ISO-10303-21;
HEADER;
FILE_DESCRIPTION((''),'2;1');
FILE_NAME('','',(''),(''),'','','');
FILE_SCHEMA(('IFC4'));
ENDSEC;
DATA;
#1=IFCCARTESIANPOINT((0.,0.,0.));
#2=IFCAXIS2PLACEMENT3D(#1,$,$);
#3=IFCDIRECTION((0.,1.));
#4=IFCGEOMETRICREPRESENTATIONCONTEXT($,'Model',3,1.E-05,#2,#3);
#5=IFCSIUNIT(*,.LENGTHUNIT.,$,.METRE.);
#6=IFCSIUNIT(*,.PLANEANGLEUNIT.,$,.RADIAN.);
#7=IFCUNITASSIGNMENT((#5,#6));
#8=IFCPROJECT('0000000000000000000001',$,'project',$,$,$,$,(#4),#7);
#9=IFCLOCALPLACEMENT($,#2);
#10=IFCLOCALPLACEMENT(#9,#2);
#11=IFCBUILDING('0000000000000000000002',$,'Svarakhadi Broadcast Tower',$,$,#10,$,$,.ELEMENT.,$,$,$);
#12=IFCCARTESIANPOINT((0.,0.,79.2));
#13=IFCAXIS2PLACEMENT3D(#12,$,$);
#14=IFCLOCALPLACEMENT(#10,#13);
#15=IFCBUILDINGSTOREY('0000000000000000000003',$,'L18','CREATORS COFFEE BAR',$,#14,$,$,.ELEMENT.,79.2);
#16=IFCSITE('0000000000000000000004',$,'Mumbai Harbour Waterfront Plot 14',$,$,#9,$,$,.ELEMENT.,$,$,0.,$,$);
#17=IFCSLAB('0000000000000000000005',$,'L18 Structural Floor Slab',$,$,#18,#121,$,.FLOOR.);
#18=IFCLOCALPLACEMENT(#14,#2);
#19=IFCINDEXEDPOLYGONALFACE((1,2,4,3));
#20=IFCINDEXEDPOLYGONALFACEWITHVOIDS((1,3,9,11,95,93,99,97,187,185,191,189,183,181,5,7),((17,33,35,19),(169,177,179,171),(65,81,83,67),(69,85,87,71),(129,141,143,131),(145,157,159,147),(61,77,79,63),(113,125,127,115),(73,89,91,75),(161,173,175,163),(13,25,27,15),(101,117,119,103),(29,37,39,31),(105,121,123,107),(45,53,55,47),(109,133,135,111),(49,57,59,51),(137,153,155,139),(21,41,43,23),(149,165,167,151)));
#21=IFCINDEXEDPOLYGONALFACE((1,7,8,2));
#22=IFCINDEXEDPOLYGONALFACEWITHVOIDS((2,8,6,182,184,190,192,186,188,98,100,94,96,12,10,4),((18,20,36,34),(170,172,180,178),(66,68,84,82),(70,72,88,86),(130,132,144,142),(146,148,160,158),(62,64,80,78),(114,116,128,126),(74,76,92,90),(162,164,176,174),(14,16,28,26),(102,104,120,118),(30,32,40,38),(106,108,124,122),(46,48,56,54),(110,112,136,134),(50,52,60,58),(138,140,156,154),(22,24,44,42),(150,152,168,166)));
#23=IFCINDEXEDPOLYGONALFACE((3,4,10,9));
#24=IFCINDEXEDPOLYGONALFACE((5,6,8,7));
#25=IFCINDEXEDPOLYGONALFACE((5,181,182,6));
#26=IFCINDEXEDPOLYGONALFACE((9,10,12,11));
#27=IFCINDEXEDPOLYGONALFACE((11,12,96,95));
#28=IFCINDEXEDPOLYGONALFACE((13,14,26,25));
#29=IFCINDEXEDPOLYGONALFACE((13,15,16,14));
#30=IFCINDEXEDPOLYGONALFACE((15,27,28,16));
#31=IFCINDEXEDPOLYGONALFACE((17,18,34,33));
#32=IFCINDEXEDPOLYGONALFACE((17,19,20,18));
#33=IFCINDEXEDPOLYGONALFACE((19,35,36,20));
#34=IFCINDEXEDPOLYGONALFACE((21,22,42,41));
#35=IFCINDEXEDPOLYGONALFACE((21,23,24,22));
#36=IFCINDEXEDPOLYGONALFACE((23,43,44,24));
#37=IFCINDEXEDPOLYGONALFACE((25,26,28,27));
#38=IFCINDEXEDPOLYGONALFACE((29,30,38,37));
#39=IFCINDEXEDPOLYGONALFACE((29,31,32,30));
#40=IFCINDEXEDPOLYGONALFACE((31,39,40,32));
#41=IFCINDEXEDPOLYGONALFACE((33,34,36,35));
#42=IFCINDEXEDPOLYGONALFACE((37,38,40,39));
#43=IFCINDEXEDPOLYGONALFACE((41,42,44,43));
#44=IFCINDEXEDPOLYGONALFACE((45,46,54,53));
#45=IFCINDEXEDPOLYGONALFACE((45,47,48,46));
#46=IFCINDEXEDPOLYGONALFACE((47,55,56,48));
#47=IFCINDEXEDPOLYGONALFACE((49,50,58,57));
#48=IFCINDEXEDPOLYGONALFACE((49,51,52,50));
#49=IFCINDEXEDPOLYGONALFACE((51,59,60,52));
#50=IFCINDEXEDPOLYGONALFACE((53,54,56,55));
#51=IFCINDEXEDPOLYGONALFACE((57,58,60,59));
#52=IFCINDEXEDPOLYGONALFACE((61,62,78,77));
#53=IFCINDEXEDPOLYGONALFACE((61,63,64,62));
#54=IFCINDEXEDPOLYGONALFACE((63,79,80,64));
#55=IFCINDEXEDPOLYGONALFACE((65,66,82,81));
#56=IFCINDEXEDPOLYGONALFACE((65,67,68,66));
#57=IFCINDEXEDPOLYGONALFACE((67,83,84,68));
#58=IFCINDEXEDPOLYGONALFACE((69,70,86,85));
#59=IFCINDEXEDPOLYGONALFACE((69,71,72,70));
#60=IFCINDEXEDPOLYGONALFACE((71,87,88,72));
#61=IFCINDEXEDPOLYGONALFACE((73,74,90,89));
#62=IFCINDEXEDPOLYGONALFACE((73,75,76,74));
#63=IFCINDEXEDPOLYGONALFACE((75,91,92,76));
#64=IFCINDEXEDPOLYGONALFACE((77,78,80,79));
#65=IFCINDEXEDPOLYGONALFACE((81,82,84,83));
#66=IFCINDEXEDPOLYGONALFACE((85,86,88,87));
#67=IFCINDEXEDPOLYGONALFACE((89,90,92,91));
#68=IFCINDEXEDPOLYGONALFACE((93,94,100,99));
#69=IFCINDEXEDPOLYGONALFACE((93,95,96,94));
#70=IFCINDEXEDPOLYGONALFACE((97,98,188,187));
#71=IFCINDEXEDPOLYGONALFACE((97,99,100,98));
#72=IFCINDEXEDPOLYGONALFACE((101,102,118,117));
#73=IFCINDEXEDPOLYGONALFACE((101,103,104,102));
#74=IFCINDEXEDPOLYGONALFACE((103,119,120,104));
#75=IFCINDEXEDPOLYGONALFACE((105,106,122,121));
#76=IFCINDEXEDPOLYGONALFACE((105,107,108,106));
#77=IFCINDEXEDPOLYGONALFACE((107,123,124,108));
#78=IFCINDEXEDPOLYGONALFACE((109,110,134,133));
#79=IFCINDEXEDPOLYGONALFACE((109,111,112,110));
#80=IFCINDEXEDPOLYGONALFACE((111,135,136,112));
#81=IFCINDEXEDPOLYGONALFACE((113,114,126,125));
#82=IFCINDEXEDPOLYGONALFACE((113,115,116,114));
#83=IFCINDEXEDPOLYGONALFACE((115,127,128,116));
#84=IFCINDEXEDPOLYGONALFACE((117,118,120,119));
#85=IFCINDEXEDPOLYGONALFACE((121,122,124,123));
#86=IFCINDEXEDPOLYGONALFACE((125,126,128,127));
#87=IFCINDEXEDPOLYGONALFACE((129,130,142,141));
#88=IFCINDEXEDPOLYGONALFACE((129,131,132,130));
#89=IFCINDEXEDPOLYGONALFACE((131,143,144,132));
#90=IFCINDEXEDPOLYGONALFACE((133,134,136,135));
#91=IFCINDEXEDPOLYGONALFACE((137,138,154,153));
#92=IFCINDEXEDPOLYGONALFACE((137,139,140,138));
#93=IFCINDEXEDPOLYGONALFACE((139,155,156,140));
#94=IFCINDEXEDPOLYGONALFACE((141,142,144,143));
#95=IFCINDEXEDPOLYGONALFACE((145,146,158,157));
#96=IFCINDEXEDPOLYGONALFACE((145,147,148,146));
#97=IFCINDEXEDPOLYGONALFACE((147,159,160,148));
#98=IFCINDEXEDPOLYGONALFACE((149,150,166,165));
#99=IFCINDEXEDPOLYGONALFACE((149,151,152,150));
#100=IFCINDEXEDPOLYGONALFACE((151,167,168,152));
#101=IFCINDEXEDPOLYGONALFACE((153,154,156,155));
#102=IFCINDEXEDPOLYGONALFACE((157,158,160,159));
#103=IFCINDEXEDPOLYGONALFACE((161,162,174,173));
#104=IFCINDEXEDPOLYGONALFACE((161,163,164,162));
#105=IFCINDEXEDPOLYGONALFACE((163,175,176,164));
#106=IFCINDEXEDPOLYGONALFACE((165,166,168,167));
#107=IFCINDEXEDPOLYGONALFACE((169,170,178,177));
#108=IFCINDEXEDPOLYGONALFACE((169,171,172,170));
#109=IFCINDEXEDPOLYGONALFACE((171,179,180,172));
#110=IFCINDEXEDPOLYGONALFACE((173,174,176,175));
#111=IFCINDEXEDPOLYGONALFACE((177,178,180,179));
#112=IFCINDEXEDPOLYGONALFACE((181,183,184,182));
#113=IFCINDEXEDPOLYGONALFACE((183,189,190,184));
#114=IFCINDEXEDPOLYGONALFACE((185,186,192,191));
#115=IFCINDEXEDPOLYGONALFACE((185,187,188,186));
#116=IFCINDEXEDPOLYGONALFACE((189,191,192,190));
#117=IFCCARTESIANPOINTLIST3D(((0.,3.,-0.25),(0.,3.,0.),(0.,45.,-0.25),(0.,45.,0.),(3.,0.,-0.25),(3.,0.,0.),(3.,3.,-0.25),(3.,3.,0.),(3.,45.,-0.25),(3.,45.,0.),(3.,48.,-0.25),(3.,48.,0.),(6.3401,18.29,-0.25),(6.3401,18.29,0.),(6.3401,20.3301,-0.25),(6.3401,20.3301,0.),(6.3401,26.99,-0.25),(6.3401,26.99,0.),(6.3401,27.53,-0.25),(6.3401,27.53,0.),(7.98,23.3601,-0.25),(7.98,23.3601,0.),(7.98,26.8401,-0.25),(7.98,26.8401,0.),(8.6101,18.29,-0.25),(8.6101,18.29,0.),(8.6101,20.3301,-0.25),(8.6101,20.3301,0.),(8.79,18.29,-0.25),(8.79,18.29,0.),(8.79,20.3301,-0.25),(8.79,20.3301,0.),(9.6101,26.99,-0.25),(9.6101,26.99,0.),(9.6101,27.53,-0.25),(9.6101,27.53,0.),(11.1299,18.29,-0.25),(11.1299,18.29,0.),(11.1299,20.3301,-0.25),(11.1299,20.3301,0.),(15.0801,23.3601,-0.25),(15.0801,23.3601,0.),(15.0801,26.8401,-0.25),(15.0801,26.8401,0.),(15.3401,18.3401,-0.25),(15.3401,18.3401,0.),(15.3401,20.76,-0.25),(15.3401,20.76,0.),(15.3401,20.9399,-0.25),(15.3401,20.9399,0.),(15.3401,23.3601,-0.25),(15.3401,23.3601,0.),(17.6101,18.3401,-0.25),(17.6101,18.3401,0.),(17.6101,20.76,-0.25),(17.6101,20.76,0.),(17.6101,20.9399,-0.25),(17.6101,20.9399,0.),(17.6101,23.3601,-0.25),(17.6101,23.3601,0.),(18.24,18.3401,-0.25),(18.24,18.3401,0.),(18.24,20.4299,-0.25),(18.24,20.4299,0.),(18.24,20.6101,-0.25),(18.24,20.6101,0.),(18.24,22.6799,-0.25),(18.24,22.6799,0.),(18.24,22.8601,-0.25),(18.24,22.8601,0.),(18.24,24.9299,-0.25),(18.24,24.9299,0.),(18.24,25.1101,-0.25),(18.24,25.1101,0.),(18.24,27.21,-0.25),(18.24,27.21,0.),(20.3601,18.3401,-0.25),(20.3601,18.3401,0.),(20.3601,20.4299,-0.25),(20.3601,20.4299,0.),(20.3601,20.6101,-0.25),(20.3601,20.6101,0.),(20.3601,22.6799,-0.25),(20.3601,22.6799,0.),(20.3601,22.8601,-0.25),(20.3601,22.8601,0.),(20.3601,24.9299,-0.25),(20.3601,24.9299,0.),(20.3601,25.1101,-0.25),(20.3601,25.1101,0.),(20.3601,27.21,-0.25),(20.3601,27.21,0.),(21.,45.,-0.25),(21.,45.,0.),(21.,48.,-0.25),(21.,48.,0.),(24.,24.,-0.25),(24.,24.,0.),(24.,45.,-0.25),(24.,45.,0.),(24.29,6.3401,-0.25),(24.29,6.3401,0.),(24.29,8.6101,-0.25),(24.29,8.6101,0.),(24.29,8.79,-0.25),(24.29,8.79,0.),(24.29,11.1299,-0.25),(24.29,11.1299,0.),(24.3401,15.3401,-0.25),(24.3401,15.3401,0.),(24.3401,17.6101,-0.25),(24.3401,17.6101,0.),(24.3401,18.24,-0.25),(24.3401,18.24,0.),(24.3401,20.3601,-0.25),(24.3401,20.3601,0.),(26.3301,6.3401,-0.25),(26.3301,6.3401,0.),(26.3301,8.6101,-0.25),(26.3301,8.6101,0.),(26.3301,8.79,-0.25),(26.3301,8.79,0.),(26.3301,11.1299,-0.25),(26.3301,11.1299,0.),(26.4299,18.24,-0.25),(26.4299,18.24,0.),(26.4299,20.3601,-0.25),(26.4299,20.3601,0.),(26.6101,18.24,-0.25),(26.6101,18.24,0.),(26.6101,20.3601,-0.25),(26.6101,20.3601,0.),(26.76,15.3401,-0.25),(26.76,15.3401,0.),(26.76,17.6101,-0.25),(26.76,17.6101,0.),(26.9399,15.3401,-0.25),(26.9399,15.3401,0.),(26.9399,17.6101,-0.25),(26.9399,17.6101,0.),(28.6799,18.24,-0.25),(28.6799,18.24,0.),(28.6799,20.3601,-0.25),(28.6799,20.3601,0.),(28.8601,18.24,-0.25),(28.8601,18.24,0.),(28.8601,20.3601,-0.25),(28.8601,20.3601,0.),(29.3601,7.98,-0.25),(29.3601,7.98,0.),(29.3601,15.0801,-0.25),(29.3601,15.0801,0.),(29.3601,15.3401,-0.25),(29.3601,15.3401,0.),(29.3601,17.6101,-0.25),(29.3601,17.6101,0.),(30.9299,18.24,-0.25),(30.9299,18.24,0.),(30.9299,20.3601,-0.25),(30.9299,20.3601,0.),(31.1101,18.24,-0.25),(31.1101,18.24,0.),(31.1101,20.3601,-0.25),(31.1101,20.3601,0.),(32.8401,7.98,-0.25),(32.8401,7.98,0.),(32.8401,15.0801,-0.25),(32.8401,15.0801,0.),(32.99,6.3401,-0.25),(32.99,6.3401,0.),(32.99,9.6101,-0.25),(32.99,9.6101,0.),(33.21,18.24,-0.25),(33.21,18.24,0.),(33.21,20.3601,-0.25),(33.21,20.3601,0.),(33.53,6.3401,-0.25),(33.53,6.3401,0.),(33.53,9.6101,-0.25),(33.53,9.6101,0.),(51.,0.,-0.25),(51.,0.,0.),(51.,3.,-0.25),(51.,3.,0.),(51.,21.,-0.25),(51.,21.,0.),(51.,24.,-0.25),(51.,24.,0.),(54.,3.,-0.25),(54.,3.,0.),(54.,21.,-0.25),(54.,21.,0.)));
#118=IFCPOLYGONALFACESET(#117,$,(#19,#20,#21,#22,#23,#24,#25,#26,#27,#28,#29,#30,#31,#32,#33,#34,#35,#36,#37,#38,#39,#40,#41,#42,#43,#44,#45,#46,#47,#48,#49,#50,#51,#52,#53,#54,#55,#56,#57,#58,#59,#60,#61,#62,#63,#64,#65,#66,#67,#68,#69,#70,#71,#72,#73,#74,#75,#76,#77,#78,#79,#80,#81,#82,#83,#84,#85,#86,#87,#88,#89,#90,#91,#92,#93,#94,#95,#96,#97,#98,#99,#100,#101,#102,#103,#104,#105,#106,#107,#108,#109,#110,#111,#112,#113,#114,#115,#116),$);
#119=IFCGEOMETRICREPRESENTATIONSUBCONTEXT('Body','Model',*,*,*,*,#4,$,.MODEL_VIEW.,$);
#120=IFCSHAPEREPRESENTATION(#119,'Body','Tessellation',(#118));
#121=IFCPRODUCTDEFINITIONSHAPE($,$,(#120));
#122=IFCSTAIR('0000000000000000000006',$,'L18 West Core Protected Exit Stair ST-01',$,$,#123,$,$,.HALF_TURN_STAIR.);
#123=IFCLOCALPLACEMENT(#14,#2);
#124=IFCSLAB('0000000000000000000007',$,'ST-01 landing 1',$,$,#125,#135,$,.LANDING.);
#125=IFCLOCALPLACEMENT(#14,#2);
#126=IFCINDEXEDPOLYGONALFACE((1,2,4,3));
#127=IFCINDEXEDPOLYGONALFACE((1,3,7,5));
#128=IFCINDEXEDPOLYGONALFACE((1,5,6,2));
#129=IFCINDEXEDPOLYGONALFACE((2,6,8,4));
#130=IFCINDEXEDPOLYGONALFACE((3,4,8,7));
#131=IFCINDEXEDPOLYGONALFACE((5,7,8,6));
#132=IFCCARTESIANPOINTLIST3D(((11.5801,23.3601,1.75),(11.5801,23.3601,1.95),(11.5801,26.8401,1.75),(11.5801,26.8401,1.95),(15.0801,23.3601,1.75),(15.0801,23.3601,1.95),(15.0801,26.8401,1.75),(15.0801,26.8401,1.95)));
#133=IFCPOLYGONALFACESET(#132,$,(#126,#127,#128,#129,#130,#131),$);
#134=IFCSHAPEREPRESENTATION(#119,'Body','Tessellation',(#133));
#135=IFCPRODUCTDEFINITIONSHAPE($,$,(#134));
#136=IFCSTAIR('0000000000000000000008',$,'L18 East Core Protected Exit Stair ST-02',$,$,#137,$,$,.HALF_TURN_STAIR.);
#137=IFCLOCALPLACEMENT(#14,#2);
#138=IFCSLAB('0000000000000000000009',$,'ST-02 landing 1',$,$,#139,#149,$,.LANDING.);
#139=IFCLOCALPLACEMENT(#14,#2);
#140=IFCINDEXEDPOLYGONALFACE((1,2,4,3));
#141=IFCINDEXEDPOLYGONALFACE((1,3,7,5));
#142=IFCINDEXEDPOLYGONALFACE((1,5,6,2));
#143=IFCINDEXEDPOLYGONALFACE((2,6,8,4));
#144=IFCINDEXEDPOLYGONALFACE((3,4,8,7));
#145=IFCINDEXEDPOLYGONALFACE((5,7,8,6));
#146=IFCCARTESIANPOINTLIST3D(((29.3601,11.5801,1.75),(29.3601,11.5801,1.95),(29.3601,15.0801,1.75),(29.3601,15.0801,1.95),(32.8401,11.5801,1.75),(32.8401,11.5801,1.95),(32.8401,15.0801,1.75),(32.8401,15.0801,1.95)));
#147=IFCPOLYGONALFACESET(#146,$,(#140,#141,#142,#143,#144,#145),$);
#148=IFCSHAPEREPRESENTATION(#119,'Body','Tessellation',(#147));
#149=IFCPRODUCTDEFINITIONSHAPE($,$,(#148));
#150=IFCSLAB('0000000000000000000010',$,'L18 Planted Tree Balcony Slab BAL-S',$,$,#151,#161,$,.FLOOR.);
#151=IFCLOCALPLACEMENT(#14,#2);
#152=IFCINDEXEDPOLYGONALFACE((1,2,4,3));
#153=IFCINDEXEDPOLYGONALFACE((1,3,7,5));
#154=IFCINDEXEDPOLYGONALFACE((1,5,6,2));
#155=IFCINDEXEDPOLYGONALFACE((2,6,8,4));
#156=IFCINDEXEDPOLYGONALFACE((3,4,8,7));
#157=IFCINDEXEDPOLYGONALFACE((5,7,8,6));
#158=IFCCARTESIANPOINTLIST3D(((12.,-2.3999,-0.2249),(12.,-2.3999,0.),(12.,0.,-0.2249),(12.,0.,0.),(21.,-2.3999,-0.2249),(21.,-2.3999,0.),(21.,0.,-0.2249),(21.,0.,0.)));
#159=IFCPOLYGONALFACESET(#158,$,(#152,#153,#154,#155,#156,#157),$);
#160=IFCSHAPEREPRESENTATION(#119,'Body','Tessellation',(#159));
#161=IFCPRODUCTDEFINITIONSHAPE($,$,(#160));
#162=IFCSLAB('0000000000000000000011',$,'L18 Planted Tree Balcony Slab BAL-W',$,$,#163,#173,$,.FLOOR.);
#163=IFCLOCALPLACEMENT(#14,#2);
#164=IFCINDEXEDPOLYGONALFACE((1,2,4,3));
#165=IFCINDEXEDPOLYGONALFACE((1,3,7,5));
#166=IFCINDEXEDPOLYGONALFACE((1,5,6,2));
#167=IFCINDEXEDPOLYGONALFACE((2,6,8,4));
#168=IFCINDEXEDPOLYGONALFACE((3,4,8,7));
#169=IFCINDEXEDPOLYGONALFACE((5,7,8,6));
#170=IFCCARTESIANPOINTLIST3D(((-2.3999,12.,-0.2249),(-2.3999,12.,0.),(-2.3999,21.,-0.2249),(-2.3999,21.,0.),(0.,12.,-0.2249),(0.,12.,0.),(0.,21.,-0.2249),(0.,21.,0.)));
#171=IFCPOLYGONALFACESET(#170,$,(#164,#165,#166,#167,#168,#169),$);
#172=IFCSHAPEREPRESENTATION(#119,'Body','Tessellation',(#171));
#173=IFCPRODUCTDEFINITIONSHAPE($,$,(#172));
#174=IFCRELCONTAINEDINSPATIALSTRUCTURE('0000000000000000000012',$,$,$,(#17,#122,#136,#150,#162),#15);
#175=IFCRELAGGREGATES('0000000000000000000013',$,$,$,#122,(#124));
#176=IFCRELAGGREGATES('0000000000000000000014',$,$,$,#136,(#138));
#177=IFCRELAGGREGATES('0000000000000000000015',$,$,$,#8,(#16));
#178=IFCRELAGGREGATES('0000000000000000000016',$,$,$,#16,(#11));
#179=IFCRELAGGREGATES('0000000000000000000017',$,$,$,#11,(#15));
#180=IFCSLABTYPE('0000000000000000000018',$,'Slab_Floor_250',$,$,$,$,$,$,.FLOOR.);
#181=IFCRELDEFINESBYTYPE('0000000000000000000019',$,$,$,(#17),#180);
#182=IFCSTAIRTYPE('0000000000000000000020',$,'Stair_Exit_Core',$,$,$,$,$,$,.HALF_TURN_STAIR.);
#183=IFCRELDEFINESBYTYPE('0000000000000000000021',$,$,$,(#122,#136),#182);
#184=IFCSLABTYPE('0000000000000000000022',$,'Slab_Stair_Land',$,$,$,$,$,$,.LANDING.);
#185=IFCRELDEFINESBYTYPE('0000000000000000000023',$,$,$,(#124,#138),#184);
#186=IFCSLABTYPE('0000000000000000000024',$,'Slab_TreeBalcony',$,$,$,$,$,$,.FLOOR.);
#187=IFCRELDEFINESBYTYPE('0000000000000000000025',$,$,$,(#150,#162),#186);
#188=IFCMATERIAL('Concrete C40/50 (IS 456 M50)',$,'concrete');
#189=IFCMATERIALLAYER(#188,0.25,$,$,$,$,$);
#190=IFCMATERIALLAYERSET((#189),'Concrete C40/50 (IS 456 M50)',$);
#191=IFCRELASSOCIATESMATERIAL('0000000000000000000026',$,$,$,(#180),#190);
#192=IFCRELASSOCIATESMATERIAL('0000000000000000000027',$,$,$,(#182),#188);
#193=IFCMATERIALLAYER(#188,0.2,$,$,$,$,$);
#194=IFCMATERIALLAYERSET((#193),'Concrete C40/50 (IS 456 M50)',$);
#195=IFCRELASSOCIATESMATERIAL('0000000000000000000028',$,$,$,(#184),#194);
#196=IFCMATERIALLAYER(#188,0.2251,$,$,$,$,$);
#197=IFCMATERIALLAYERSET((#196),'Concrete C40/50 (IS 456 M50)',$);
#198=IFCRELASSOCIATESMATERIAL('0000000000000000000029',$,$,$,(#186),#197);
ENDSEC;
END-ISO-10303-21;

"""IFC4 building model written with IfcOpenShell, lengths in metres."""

from ifc_helpers import new_model, si_unit, direction, frame, origin, place, context, subcontext, project, spatial, polyline, outline, extrude, material, layer, layer_set, type_object, element, aggregate, save


model = new_model("IFC4")

# Units and contexts
model_context = context("Model", 3, precision=1e-05, world=origin(), true_north=direction((0.0, 1.0)))
body_context = subcontext(model_context, "Body", "Model", "MODEL_VIEW")
ifc_project = project(units=[si_unit("LENGTHUNIT", "METRE"), si_unit("PLANEANGLEUNIT", "RADIAN")], contexts=[model_context])

# Site, building, storey
site_placement = place(None, origin())
site = spatial("IfcSite", under=ifc_project, at=site_placement, Name="Mumbai Harbour Waterfront Plot 14", CompositionType="ELEMENT", RefElevation=0.0)
building_placement = place(site_placement, origin())
building = spatial("IfcBuilding", under=site, at=building_placement, Name="Svarakhadi Broadcast Tower", CompositionType="ELEMENT")
storey_placement = place(building_placement, frame((0.0, 0.0, 79.2)))
storey = spatial("IfcBuildingStorey", under=building, at=storey_placement, Name="L18", Description="CREATORS COFFEE BAR", CompositionType="ELEMENT", Elevation=79.2)

# Slab
ifc_material_1 = material(Name="Concrete C40/50 (IS 456 M50)", Category="concrete")
ifc_layer_1 = layer(ifc_material_1, 0.25)
ifc_layer_set_1 = layer_set([ifc_layer_1], Name="Concrete C40/50 (IS 456 M50)")
slab_type_1 = type_object("IfcSlabType", Name="Slab_Floor_250", PredefinedType="FLOOR", material=ifc_layer_set_1)
slab_1_placement = place(storey_placement, frame((0.0, 0.0, -0.25)))
element("IfcSlab", 1, at=slab_1_placement, inside=storey, type_object=slab_type_1, Name="L18 Structural Floor Slab", PredefinedType="FLOOR", context=body_context, shape_type="SweptSolid", body=[
    extrude(outline(polyline([(3.0, 0.0), (51.0, 0.0), (51.0, 3.0), (54.0, 3.0), (54.0, 21.0), (51.0, 21.0), (51.0, 24.0), (24.0, 24.0), (24.0, 45.0), (21.0, 45.0), (21.0, 48.0), (3.0, 48.0), (3.0, 45.0), (0.0, 45.0), (0.0, 3.0), (3.0, 3.0), (3.0, 0.0)]), holes=[polyline([(7.98, 23.3601), (15.0801, 23.3601), (15.0801, 26.8401), (7.98, 26.8401), (7.98, 23.3601)]), polyline([(32.8401, 7.98), (32.8401, 15.0801), (29.3601, 15.0801), (29.3601, 7.98), (32.8401, 7.98)]), polyline([(6.3401, 18.29), (8.6101, 18.29), (8.6101, 20.3301), (6.3401, 20.3301), (6.3401, 18.29)]), polyline([(8.79, 18.29), (11.1299, 18.29), (11.1299, 20.3301), (8.79, 20.3301), (8.79, 18.29)]), polyline([(24.29, 6.3401), (26.3301, 6.3401), (26.3301, 8.6101), (24.29, 8.6101), (24.29, 6.3401)]), polyline([(24.29, 8.79), (26.3301, 8.79), (26.3301, 11.1299), (24.29, 11.1299), (24.29, 8.79)]), polyline([(6.3401, 26.99), (9.6101, 26.99), (9.6101, 27.53), (6.3401, 27.53), (6.3401, 26.99)]), polyline([(32.99, 6.3401), (33.53, 6.3401), (33.53, 9.6101), (32.99, 9.6101), (32.99, 6.3401)]), polyline([(15.3401, 18.3401), (17.6101, 18.3401), (17.6101, 20.76), (15.3401, 20.76), (15.3401, 18.3401)]), polyline([(15.3401, 20.9399), (17.6101, 20.9399), (17.6101, 23.3601), (15.3401, 23.3601), (15.3401, 20.9399)]), polyline([(24.3401, 15.3401), (26.76, 15.3401), (26.76, 17.6101), (24.3401, 17.6101), (24.3401, 15.3401)]), polyline([(26.9399, 15.3401), (29.3601, 15.3401), (29.3601, 17.6101), (26.9399, 17.6101), (26.9399, 15.3401)]), polyline([(18.24, 18.3401), (20.3601, 18.3401), (20.3601, 20.4299), (18.24, 20.4299), (18.24, 18.3401)]), polyline([(18.24, 20.6101), (20.3601, 20.6101), (20.3601, 22.6799), (18.24, 22.6799), (18.24, 20.6101)]), polyline([(18.24, 22.8601), (20.3601, 22.8601), (20.3601, 24.9299), (18.24, 24.9299), (18.24, 22.8601)]), polyline([(18.24, 25.1101), (20.3601, 25.1101), (20.3601, 27.21), (18.24, 27.21), (18.24, 25.1101)]), polyline([(24.3401, 18.24), (26.4299, 18.24), (26.4299, 20.3601), (24.3401, 20.3601), (24.3401, 18.24)]), polyline([(26.6101, 18.24), (28.6799, 18.24), (28.6799, 20.3601), (26.6101, 20.3601), (26.6101, 18.24)]), polyline([(28.8601, 18.24), (30.9299, 18.24), (30.9299, 20.3601), (28.8601, 20.3601), (28.8601, 18.24)]), polyline([(31.1101, 18.24), (33.21, 18.24), (33.21, 20.3601), (31.1101, 20.3601), (31.1101, 18.24)])]), origin(), (0.0, 0.0, 1.0), 0.25),
])

# Stairs, slabs
stair_type = type_object("IfcStairType", Name="Stair_Exit_Core", PredefinedType="HALF_TURN_STAIR", material=ifc_material_1)
stair_1_placement = place(storey_placement, origin())
stair_1 = element("IfcStair", 2, at=stair_1_placement, inside=storey, type_object=stair_type, Name="L18 West Core Protected Exit Stair ST-01", PredefinedType="HALF_TURN_STAIR")
ifc_layer_2 = layer(ifc_material_1, 0.2)
ifc_layer_set_2 = layer_set([ifc_layer_2], Name="Concrete C40/50 (IS 456 M50)")
slab_type_2 = type_object("IfcSlabType", Name="Slab_Stair_Land", PredefinedType="LANDING", material=ifc_layer_set_2)
slab_2_placement = place(storey_placement, frame((0.0, 0.0, 1.75)))
slab_2 = element("IfcSlab", 3, at=slab_2_placement, type_object=slab_type_2, Name="ST-01 landing 1", PredefinedType="LANDING", context=body_context, shape_type="SweptSolid", body=[
    extrude(outline(polyline([(11.5801, 23.3601), (15.0801, 23.3601), (15.0801, 26.8401), (11.5801, 26.8401), (11.5801, 23.3601)])), origin(), (0.0, 0.0, 1.0), 0.2),
])
aggregate(stair_1, [slab_2])
stair_2_placement = place(storey_placement, origin())
stair_2 = element("IfcStair", 4, at=stair_2_placement, inside=storey, type_object=stair_type, Name="L18 East Core Protected Exit Stair ST-02", PredefinedType="HALF_TURN_STAIR")
slab_3_placement = place(storey_placement, frame((0.0, 0.0, 1.75)))
slab_3 = element("IfcSlab", 5, at=slab_3_placement, type_object=slab_type_2, Name="ST-02 landing 1", PredefinedType="LANDING", context=body_context, shape_type="SweptSolid", body=[
    extrude(outline(polyline([(32.8401, 11.5801), (32.8401, 15.0801), (29.3601, 15.0801), (29.3601, 11.5801), (32.8401, 11.5801)])), origin(), (0.0, 0.0, 1.0), 0.2),
])
aggregate(stair_2, [slab_3])

# Slabs
ifc_layer_3 = layer(ifc_material_1, 0.2251)
ifc_layer_set_3 = layer_set([ifc_layer_3], Name="Concrete C40/50 (IS 456 M50)")
slab_type_3 = type_object("IfcSlabType", Name="Slab_TreeBalcony", PredefinedType="FLOOR", material=ifc_layer_set_3)
slab_4_placement = place(storey_placement, frame((0.0, 0.0, -0.2249)))
element("IfcSlab", 6, at=slab_4_placement, inside=storey, type_object=slab_type_3, Name="L18 Planted Tree Balcony Slab BAL-S", PredefinedType="FLOOR", context=body_context, shape_type="SweptSolid", body=[
    extrude(outline(polyline([(12.0, -2.3999), (21.0, -2.3999), (21.0, 0.0), (12.0, 0.0), (12.0, -2.3999)])), origin(), (0.0, 0.0, 1.0), 0.2249),
])
slab_5_placement = place(storey_placement, frame((0.0, 0.0, -0.2249)))
element("IfcSlab", 7, at=slab_5_placement, inside=storey, type_object=slab_type_3, Name="L18 Planted Tree Balcony Slab BAL-W", PredefinedType="FLOOR", context=body_context, shape_type="SweptSolid", body=[
    extrude(outline(polyline([(-2.3999, 12.0), (0.0, 12.0), (0.0, 21.0), (-2.3999, 21.0), (-2.3999, 12.0)])), origin(), (0.0, 0.0, 1.0), 0.2249),
])

save(model, "model.ifc")
